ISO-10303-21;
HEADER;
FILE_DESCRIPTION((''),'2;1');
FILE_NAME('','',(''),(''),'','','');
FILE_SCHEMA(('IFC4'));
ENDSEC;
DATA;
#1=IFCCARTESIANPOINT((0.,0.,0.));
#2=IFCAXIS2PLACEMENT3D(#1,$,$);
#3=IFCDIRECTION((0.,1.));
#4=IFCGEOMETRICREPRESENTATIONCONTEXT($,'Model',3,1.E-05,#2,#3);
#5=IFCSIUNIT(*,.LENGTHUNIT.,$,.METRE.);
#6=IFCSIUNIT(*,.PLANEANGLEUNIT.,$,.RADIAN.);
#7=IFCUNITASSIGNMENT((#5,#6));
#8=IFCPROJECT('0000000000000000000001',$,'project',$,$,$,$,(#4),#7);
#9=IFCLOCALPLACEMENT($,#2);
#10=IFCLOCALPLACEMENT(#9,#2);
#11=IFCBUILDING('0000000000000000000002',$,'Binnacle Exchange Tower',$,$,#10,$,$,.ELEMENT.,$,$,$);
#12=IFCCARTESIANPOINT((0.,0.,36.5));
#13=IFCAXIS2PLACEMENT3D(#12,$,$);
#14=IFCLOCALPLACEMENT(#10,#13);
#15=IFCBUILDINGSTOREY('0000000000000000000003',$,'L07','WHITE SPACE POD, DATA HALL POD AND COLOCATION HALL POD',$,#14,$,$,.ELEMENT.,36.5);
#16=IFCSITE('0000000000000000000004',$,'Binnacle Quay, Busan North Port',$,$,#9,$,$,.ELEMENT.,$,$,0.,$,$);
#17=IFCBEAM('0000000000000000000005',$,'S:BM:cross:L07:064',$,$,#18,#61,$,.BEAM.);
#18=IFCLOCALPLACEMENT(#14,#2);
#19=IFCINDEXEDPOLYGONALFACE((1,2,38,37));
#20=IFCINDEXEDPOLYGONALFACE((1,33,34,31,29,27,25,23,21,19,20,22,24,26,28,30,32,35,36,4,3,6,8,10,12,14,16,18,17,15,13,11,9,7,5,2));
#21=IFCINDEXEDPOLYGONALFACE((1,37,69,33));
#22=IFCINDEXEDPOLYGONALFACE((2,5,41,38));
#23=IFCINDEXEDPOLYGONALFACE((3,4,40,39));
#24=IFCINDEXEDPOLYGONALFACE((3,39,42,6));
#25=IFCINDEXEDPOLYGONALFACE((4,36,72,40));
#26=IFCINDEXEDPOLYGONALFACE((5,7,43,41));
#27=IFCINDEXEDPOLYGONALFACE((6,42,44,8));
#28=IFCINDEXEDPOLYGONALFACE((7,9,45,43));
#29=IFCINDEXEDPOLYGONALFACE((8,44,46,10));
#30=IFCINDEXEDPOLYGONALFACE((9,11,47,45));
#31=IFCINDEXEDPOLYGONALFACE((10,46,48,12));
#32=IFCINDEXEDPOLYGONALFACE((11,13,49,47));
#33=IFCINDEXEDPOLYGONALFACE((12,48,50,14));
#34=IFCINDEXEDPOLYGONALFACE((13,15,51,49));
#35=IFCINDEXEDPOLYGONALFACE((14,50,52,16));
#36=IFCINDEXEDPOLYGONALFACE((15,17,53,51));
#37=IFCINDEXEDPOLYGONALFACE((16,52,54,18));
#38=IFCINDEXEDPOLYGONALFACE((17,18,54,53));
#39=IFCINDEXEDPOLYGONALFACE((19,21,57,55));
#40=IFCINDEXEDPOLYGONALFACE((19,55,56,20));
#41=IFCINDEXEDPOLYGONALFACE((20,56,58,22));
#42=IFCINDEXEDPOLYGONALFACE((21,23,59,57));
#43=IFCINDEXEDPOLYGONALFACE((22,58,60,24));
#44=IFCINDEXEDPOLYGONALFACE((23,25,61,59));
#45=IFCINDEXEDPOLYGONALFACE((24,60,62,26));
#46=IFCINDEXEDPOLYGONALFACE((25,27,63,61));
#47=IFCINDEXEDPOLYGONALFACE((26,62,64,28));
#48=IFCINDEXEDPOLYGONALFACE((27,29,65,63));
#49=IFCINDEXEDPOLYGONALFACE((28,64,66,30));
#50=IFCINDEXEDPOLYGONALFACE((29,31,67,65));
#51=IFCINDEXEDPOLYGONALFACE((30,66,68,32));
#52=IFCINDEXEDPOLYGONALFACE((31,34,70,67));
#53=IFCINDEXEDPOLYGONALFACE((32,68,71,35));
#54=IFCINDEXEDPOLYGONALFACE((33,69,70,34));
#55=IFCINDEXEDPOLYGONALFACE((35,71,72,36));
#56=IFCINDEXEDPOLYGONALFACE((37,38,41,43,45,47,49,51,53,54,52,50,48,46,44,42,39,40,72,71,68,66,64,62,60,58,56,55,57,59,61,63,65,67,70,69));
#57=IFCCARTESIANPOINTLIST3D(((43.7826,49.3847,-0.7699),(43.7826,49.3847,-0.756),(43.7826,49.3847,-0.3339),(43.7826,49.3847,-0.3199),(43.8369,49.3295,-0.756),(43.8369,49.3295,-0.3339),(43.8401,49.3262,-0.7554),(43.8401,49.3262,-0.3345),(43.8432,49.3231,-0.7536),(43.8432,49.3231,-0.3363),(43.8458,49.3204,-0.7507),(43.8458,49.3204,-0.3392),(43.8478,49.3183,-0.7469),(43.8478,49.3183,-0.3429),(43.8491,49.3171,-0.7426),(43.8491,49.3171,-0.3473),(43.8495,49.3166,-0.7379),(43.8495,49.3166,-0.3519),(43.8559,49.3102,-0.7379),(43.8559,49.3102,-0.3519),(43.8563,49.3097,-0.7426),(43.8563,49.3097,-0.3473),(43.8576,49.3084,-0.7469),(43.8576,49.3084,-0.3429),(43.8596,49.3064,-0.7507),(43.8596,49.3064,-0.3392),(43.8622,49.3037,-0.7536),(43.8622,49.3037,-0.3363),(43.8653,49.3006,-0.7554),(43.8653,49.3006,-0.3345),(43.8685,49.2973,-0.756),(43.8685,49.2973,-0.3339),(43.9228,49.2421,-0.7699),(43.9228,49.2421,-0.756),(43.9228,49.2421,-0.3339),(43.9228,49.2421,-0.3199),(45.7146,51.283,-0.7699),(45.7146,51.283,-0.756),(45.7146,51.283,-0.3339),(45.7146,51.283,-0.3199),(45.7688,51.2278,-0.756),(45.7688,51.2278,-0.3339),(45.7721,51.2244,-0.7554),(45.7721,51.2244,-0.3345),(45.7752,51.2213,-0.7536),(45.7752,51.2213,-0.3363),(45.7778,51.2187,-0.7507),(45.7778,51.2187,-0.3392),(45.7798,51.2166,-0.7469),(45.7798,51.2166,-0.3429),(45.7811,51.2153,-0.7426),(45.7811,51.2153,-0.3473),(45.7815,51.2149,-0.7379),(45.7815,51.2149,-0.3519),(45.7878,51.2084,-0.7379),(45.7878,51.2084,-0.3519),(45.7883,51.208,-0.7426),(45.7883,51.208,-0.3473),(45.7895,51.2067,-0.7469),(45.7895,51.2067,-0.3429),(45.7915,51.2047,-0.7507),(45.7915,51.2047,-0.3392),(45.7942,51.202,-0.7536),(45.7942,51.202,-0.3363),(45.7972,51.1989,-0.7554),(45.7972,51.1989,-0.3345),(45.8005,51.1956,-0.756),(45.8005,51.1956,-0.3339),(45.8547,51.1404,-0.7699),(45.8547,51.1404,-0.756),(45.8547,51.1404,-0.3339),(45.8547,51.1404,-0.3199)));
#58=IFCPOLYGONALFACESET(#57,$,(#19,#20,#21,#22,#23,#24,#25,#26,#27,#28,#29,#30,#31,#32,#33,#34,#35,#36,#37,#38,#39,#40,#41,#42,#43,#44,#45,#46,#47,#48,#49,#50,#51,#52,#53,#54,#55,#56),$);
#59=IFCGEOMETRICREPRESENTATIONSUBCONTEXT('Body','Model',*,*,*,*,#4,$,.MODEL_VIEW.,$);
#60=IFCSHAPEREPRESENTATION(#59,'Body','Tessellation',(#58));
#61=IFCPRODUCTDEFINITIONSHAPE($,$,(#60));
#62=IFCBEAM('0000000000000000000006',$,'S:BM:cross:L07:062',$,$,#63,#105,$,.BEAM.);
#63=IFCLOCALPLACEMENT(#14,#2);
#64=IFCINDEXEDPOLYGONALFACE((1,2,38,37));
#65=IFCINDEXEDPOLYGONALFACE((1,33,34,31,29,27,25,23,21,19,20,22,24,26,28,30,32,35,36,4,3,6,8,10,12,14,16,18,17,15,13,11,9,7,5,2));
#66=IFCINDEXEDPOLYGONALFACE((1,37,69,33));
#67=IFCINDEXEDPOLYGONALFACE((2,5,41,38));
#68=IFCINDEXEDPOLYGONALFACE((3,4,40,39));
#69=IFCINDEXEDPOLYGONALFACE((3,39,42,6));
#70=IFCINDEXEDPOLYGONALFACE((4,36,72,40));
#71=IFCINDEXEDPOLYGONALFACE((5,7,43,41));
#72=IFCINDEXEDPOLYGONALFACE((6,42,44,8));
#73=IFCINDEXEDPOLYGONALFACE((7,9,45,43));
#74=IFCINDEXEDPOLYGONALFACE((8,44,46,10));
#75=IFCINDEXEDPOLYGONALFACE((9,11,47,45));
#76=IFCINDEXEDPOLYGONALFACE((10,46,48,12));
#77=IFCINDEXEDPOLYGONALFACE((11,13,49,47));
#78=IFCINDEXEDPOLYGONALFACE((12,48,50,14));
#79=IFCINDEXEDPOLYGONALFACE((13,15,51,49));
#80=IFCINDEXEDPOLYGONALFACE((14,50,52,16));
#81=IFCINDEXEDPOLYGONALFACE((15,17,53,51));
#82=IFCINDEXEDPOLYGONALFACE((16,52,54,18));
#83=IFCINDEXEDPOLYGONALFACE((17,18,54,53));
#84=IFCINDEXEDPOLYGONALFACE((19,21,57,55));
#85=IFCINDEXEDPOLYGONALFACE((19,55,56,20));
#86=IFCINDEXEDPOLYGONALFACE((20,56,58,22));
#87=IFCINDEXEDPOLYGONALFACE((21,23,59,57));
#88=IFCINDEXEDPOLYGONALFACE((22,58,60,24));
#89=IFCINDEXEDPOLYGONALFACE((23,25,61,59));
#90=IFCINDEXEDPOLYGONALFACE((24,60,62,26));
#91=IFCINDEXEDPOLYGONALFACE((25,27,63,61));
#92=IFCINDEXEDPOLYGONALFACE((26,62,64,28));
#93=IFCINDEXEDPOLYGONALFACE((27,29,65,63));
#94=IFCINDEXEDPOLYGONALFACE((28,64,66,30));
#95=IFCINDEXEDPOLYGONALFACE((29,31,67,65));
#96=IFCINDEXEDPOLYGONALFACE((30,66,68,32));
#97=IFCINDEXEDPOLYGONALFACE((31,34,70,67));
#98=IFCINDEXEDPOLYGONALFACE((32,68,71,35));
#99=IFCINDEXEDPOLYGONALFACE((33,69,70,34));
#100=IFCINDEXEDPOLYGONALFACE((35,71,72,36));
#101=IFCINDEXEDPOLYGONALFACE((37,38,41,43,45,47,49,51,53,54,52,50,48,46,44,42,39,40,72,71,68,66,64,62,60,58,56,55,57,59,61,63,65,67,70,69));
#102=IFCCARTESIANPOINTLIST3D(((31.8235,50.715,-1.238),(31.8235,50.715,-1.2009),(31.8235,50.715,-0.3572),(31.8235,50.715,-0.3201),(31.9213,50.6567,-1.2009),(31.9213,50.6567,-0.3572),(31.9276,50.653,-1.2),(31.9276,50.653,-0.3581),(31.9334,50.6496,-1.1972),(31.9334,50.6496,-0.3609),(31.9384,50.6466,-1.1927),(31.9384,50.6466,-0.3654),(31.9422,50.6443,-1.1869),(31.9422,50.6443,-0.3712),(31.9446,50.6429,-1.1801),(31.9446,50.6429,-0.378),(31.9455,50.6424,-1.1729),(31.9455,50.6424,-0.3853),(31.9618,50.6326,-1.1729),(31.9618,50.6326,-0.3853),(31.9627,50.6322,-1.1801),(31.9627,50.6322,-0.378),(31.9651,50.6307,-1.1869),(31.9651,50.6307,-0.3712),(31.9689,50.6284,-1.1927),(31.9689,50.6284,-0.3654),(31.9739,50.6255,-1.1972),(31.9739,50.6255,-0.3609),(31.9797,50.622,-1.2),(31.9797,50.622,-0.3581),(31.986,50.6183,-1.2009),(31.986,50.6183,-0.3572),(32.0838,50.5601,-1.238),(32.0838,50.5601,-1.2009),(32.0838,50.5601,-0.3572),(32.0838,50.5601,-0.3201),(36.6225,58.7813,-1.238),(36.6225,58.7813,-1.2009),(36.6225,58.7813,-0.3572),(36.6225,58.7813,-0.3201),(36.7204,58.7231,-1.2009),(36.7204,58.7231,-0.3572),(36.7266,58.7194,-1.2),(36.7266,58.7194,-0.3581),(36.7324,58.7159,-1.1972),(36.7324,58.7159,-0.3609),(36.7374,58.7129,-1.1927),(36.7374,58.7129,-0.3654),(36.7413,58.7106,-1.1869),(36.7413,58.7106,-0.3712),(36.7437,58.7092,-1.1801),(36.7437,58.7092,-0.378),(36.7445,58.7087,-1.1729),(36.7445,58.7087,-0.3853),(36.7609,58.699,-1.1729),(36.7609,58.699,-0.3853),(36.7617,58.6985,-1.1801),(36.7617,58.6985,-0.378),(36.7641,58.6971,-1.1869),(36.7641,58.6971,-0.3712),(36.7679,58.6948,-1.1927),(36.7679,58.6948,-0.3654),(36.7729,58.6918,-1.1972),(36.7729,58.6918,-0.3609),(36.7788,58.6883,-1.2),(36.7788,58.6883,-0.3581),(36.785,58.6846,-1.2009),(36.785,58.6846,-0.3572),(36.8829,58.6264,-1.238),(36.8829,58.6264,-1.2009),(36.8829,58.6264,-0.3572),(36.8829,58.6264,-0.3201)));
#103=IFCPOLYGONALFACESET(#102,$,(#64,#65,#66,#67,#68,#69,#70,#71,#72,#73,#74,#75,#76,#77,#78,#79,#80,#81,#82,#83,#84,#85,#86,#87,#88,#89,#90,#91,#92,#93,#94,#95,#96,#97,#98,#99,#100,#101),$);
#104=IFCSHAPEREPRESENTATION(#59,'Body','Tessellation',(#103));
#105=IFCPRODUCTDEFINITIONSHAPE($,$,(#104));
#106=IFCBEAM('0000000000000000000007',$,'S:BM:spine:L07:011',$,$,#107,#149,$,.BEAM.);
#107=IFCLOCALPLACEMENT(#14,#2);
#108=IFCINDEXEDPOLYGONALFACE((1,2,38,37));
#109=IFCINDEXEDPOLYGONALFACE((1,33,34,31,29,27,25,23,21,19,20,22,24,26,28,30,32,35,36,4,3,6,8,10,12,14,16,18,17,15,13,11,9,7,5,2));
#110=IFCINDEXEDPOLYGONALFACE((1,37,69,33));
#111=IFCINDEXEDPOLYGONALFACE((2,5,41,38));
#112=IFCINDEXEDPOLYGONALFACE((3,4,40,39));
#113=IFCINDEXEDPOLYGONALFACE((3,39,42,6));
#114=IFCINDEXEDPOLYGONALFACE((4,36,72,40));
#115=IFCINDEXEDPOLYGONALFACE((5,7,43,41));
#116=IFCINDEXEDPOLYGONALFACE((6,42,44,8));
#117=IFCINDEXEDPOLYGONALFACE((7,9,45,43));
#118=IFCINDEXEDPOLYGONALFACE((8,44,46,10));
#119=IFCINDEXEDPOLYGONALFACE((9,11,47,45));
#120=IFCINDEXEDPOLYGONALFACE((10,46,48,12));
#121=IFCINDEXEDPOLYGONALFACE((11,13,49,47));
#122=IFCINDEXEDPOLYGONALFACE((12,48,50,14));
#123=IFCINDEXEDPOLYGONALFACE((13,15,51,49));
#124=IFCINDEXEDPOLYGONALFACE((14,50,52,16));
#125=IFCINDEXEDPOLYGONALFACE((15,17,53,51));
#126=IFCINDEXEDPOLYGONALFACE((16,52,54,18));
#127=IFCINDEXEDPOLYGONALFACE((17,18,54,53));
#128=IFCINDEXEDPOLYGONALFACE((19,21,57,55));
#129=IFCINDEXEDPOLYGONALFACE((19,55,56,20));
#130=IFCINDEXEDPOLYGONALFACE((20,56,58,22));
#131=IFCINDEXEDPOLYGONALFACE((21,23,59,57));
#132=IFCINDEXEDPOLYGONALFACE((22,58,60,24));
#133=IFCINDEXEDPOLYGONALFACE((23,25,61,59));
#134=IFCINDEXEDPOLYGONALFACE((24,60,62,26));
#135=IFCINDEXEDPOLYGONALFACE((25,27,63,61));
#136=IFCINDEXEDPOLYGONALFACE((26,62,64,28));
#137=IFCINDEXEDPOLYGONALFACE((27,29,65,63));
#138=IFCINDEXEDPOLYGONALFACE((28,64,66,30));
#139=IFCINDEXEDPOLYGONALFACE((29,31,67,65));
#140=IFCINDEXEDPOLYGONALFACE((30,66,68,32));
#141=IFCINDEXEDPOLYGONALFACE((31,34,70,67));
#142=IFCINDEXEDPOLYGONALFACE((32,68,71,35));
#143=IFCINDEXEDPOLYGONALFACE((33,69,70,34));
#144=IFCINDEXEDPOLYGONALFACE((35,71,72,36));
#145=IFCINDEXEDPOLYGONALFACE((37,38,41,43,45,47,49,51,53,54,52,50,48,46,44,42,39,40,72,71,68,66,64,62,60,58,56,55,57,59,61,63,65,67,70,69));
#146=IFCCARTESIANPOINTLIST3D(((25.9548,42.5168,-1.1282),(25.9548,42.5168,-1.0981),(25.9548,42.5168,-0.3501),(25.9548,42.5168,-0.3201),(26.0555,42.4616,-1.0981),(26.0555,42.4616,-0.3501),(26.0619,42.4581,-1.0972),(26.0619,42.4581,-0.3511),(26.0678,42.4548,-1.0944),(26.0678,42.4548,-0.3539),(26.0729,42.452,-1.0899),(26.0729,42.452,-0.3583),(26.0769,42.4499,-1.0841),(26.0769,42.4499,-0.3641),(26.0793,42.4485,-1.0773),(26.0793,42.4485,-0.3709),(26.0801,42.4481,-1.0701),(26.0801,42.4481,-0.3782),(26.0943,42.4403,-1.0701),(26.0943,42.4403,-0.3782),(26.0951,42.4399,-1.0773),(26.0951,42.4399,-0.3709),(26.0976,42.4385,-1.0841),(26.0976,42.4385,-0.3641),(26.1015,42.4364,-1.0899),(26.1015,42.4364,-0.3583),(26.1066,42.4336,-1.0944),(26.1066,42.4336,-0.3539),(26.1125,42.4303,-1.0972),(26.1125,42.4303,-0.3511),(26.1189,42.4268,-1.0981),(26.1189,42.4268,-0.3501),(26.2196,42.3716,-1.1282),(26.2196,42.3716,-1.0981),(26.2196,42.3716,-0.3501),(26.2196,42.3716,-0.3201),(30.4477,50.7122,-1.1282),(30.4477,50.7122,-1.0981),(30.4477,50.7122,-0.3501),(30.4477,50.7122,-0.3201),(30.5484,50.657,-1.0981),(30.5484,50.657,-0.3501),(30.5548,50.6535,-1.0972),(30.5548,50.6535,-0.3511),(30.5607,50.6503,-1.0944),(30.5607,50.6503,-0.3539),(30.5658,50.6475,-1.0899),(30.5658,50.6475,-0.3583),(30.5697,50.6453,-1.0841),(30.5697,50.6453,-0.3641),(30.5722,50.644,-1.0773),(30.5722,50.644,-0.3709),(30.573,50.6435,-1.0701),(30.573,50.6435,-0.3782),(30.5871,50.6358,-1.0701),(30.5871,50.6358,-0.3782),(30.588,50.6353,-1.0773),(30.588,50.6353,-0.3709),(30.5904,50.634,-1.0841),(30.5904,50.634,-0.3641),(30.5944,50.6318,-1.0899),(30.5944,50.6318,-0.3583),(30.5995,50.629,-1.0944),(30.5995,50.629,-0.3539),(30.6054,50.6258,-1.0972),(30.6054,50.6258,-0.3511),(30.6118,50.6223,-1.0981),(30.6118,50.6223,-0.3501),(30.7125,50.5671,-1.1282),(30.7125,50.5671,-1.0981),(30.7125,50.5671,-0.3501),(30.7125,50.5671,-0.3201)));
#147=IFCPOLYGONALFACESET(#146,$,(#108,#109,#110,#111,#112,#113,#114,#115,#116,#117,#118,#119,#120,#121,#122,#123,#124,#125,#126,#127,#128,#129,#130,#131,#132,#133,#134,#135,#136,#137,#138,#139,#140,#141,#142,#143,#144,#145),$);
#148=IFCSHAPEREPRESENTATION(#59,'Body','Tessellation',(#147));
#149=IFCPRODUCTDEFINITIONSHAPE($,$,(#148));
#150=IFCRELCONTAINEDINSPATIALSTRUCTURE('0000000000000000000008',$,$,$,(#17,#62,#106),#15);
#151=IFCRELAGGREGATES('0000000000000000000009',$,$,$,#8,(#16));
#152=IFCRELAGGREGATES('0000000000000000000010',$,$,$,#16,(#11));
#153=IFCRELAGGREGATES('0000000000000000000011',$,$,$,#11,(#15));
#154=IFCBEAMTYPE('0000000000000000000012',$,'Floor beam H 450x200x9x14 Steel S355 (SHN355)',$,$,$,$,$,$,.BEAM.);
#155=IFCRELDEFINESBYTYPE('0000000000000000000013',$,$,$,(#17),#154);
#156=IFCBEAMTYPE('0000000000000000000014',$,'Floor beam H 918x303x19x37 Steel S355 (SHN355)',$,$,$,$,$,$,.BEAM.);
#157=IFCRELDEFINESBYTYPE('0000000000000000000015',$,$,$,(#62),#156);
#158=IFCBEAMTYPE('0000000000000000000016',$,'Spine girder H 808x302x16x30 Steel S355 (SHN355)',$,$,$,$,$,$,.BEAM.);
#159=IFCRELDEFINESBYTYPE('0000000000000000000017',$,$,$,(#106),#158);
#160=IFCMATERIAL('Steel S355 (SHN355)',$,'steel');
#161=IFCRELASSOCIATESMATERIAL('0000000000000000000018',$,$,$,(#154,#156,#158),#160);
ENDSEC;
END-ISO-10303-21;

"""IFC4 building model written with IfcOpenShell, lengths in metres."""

from ifc_helpers import new_model, si_unit, direction, frame, origin, origin_2d, place, context, subcontext, project, spatial, i_section, extrude, material, material_profile, profile_set, type_object, element, save


model = new_model("IFC4")

# Units and contexts
model_context = context("Model", 3, precision=1e-05, world=origin(), true_north=direction((0.0, 1.0)))
body_context = subcontext(model_context, "Body", "Model", "MODEL_VIEW")
ifc_project = project(units=[si_unit("LENGTHUNIT", "METRE"), si_unit("PLANEANGLEUNIT", "RADIAN")], contexts=[model_context])

# Site, building, storey
site_placement = place(None, origin())
site = spatial("IfcSite", under=ifc_project, at=site_placement, Name="Binnacle Quay, Busan North Port", CompositionType="ELEMENT", RefElevation=0.0)
building_placement = place(site_placement, origin())
building = spatial("IfcBuilding", under=site, at=building_placement, Name="Binnacle Exchange Tower", CompositionType="ELEMENT")
storey_placement = place(building_placement, frame((0.0, 0.0, 36.5)))
storey = spatial("IfcBuildingStorey", under=building, at=storey_placement, Name="L07", Description="WHITE SPACE POD, DATA HALL POD AND COLOCATION HALL POD", CompositionType="ELEMENT", Elevation=36.5)

# Beams
ifc_material_1 = material(Name="Steel S355 (SHN355)", Category="steel")
ifc_material_profile_1 = material_profile(ifc_material_1, i_section(OverallWidth=0.2, OverallDepth=0.45, WebThickness=0.009, FlangeThickness=0.0139, FilletRadius=0.0181, at=origin_2d()), Name="H 450x200x9x14")
ifc_profile_set_1 = profile_set([ifc_material_profile_1], Name="Steel S355 (SHN355)")
beam_type_1 = type_object("IfcBeamType", Name="Floor beam H 450x200x9x14 Steel S355 (SHN355)", PredefinedType="BEAM", material=ifc_profile_set_1)
beam_1_placement = place(storey_placement, frame((45.7847, 51.2117, -0.5449), z_axis=(-0.713299, -0.70086, 0.0), x_axis=(0.70086, -0.713299, 0.0)))
element("IfcBeam", 1, at=beam_1_placement, inside=storey, type_object=beam_type_1, Name="S:BM:cross:L07:064", PredefinedType="BEAM", context=body_context, shape_type="SweptSolid", body=[
    extrude(i_section(OverallWidth=0.2, OverallDepth=0.45, WebThickness=0.009, FlangeThickness=0.0139, FilletRadius=0.0181, at=origin_2d()), origin(), (0.0, 0.0, 1.0), 2.7085),
])
ifc_material_profile_2 = material_profile(ifc_material_1, i_section(OverallWidth=0.303, OverallDepth=0.918, WebThickness=0.019, FlangeThickness=0.0371, FilletRadius=0.0281, at=origin_2d()), Name="H 918x303x19x37")
ifc_profile_set_2 = profile_set([ifc_material_profile_2], Name="Steel S355 (SHN355)")
beam_type_2 = type_object("IfcBeamType", Name="Floor beam H 918x303x19x37 Steel S355 (SHN355)", PredefinedType="BEAM", material=ifc_profile_set_2)
beam_2_placement = place(storey_placement, frame((36.7527, 58.7039, -0.7791), z_axis=(-0.511298, -0.859403, 0.0), x_axis=(0.859403, -0.511298, 0.0)))
element("IfcBeam", 2, at=beam_2_placement, inside=storey, type_object=beam_type_2, Name="S:BM:cross:L07:062", PredefinedType="BEAM", context=body_context, shape_type="SweptSolid", body=[
    extrude(i_section(OverallWidth=0.303, OverallDepth=0.918, WebThickness=0.019, FlangeThickness=0.0371, FilletRadius=0.0281, at=origin_2d()), origin(), (0.0, 0.0, 1.0), 9.386),
])
ifc_material_profile_3 = material_profile(ifc_material_1, i_section(OverallWidth=0.302, OverallDepth=0.8081, WebThickness=0.0161, FlangeThickness=0.03, FilletRadius=0.0281, at=origin_2d()), Name="H 808x302x16x30")
ifc_profile_set_3 = profile_set([ifc_material_profile_3], Name="Steel S355 (SHN355)")
beam_type_3 = type_object("IfcBeamType", Name="Spine girder H 808x302x16x30 Steel S355 (SHN355)", PredefinedType="BEAM", material=ifc_profile_set_3)
beam_3_placement = place(storey_placement, frame((30.5801, 50.6396, -0.7241), z_axis=(-0.480716, -0.876876, 0.0), x_axis=(0.876876, -0.480716, 0.0)))
element("IfcBeam", 3, at=beam_3_placement, inside=storey, type_object=beam_type_3, Name="S:BM:spine:L07:011", PredefinedType="BEAM", context=body_context, shape_type="SweptSolid", body=[
    extrude(i_section(OverallWidth=0.302, OverallDepth=0.8081, WebThickness=0.0161, FlangeThickness=0.03, FilletRadius=0.0281, at=origin_2d()), origin(), (0.0, 0.0, 1.0), 9.3462),
])

save(model, "model.ifc")
